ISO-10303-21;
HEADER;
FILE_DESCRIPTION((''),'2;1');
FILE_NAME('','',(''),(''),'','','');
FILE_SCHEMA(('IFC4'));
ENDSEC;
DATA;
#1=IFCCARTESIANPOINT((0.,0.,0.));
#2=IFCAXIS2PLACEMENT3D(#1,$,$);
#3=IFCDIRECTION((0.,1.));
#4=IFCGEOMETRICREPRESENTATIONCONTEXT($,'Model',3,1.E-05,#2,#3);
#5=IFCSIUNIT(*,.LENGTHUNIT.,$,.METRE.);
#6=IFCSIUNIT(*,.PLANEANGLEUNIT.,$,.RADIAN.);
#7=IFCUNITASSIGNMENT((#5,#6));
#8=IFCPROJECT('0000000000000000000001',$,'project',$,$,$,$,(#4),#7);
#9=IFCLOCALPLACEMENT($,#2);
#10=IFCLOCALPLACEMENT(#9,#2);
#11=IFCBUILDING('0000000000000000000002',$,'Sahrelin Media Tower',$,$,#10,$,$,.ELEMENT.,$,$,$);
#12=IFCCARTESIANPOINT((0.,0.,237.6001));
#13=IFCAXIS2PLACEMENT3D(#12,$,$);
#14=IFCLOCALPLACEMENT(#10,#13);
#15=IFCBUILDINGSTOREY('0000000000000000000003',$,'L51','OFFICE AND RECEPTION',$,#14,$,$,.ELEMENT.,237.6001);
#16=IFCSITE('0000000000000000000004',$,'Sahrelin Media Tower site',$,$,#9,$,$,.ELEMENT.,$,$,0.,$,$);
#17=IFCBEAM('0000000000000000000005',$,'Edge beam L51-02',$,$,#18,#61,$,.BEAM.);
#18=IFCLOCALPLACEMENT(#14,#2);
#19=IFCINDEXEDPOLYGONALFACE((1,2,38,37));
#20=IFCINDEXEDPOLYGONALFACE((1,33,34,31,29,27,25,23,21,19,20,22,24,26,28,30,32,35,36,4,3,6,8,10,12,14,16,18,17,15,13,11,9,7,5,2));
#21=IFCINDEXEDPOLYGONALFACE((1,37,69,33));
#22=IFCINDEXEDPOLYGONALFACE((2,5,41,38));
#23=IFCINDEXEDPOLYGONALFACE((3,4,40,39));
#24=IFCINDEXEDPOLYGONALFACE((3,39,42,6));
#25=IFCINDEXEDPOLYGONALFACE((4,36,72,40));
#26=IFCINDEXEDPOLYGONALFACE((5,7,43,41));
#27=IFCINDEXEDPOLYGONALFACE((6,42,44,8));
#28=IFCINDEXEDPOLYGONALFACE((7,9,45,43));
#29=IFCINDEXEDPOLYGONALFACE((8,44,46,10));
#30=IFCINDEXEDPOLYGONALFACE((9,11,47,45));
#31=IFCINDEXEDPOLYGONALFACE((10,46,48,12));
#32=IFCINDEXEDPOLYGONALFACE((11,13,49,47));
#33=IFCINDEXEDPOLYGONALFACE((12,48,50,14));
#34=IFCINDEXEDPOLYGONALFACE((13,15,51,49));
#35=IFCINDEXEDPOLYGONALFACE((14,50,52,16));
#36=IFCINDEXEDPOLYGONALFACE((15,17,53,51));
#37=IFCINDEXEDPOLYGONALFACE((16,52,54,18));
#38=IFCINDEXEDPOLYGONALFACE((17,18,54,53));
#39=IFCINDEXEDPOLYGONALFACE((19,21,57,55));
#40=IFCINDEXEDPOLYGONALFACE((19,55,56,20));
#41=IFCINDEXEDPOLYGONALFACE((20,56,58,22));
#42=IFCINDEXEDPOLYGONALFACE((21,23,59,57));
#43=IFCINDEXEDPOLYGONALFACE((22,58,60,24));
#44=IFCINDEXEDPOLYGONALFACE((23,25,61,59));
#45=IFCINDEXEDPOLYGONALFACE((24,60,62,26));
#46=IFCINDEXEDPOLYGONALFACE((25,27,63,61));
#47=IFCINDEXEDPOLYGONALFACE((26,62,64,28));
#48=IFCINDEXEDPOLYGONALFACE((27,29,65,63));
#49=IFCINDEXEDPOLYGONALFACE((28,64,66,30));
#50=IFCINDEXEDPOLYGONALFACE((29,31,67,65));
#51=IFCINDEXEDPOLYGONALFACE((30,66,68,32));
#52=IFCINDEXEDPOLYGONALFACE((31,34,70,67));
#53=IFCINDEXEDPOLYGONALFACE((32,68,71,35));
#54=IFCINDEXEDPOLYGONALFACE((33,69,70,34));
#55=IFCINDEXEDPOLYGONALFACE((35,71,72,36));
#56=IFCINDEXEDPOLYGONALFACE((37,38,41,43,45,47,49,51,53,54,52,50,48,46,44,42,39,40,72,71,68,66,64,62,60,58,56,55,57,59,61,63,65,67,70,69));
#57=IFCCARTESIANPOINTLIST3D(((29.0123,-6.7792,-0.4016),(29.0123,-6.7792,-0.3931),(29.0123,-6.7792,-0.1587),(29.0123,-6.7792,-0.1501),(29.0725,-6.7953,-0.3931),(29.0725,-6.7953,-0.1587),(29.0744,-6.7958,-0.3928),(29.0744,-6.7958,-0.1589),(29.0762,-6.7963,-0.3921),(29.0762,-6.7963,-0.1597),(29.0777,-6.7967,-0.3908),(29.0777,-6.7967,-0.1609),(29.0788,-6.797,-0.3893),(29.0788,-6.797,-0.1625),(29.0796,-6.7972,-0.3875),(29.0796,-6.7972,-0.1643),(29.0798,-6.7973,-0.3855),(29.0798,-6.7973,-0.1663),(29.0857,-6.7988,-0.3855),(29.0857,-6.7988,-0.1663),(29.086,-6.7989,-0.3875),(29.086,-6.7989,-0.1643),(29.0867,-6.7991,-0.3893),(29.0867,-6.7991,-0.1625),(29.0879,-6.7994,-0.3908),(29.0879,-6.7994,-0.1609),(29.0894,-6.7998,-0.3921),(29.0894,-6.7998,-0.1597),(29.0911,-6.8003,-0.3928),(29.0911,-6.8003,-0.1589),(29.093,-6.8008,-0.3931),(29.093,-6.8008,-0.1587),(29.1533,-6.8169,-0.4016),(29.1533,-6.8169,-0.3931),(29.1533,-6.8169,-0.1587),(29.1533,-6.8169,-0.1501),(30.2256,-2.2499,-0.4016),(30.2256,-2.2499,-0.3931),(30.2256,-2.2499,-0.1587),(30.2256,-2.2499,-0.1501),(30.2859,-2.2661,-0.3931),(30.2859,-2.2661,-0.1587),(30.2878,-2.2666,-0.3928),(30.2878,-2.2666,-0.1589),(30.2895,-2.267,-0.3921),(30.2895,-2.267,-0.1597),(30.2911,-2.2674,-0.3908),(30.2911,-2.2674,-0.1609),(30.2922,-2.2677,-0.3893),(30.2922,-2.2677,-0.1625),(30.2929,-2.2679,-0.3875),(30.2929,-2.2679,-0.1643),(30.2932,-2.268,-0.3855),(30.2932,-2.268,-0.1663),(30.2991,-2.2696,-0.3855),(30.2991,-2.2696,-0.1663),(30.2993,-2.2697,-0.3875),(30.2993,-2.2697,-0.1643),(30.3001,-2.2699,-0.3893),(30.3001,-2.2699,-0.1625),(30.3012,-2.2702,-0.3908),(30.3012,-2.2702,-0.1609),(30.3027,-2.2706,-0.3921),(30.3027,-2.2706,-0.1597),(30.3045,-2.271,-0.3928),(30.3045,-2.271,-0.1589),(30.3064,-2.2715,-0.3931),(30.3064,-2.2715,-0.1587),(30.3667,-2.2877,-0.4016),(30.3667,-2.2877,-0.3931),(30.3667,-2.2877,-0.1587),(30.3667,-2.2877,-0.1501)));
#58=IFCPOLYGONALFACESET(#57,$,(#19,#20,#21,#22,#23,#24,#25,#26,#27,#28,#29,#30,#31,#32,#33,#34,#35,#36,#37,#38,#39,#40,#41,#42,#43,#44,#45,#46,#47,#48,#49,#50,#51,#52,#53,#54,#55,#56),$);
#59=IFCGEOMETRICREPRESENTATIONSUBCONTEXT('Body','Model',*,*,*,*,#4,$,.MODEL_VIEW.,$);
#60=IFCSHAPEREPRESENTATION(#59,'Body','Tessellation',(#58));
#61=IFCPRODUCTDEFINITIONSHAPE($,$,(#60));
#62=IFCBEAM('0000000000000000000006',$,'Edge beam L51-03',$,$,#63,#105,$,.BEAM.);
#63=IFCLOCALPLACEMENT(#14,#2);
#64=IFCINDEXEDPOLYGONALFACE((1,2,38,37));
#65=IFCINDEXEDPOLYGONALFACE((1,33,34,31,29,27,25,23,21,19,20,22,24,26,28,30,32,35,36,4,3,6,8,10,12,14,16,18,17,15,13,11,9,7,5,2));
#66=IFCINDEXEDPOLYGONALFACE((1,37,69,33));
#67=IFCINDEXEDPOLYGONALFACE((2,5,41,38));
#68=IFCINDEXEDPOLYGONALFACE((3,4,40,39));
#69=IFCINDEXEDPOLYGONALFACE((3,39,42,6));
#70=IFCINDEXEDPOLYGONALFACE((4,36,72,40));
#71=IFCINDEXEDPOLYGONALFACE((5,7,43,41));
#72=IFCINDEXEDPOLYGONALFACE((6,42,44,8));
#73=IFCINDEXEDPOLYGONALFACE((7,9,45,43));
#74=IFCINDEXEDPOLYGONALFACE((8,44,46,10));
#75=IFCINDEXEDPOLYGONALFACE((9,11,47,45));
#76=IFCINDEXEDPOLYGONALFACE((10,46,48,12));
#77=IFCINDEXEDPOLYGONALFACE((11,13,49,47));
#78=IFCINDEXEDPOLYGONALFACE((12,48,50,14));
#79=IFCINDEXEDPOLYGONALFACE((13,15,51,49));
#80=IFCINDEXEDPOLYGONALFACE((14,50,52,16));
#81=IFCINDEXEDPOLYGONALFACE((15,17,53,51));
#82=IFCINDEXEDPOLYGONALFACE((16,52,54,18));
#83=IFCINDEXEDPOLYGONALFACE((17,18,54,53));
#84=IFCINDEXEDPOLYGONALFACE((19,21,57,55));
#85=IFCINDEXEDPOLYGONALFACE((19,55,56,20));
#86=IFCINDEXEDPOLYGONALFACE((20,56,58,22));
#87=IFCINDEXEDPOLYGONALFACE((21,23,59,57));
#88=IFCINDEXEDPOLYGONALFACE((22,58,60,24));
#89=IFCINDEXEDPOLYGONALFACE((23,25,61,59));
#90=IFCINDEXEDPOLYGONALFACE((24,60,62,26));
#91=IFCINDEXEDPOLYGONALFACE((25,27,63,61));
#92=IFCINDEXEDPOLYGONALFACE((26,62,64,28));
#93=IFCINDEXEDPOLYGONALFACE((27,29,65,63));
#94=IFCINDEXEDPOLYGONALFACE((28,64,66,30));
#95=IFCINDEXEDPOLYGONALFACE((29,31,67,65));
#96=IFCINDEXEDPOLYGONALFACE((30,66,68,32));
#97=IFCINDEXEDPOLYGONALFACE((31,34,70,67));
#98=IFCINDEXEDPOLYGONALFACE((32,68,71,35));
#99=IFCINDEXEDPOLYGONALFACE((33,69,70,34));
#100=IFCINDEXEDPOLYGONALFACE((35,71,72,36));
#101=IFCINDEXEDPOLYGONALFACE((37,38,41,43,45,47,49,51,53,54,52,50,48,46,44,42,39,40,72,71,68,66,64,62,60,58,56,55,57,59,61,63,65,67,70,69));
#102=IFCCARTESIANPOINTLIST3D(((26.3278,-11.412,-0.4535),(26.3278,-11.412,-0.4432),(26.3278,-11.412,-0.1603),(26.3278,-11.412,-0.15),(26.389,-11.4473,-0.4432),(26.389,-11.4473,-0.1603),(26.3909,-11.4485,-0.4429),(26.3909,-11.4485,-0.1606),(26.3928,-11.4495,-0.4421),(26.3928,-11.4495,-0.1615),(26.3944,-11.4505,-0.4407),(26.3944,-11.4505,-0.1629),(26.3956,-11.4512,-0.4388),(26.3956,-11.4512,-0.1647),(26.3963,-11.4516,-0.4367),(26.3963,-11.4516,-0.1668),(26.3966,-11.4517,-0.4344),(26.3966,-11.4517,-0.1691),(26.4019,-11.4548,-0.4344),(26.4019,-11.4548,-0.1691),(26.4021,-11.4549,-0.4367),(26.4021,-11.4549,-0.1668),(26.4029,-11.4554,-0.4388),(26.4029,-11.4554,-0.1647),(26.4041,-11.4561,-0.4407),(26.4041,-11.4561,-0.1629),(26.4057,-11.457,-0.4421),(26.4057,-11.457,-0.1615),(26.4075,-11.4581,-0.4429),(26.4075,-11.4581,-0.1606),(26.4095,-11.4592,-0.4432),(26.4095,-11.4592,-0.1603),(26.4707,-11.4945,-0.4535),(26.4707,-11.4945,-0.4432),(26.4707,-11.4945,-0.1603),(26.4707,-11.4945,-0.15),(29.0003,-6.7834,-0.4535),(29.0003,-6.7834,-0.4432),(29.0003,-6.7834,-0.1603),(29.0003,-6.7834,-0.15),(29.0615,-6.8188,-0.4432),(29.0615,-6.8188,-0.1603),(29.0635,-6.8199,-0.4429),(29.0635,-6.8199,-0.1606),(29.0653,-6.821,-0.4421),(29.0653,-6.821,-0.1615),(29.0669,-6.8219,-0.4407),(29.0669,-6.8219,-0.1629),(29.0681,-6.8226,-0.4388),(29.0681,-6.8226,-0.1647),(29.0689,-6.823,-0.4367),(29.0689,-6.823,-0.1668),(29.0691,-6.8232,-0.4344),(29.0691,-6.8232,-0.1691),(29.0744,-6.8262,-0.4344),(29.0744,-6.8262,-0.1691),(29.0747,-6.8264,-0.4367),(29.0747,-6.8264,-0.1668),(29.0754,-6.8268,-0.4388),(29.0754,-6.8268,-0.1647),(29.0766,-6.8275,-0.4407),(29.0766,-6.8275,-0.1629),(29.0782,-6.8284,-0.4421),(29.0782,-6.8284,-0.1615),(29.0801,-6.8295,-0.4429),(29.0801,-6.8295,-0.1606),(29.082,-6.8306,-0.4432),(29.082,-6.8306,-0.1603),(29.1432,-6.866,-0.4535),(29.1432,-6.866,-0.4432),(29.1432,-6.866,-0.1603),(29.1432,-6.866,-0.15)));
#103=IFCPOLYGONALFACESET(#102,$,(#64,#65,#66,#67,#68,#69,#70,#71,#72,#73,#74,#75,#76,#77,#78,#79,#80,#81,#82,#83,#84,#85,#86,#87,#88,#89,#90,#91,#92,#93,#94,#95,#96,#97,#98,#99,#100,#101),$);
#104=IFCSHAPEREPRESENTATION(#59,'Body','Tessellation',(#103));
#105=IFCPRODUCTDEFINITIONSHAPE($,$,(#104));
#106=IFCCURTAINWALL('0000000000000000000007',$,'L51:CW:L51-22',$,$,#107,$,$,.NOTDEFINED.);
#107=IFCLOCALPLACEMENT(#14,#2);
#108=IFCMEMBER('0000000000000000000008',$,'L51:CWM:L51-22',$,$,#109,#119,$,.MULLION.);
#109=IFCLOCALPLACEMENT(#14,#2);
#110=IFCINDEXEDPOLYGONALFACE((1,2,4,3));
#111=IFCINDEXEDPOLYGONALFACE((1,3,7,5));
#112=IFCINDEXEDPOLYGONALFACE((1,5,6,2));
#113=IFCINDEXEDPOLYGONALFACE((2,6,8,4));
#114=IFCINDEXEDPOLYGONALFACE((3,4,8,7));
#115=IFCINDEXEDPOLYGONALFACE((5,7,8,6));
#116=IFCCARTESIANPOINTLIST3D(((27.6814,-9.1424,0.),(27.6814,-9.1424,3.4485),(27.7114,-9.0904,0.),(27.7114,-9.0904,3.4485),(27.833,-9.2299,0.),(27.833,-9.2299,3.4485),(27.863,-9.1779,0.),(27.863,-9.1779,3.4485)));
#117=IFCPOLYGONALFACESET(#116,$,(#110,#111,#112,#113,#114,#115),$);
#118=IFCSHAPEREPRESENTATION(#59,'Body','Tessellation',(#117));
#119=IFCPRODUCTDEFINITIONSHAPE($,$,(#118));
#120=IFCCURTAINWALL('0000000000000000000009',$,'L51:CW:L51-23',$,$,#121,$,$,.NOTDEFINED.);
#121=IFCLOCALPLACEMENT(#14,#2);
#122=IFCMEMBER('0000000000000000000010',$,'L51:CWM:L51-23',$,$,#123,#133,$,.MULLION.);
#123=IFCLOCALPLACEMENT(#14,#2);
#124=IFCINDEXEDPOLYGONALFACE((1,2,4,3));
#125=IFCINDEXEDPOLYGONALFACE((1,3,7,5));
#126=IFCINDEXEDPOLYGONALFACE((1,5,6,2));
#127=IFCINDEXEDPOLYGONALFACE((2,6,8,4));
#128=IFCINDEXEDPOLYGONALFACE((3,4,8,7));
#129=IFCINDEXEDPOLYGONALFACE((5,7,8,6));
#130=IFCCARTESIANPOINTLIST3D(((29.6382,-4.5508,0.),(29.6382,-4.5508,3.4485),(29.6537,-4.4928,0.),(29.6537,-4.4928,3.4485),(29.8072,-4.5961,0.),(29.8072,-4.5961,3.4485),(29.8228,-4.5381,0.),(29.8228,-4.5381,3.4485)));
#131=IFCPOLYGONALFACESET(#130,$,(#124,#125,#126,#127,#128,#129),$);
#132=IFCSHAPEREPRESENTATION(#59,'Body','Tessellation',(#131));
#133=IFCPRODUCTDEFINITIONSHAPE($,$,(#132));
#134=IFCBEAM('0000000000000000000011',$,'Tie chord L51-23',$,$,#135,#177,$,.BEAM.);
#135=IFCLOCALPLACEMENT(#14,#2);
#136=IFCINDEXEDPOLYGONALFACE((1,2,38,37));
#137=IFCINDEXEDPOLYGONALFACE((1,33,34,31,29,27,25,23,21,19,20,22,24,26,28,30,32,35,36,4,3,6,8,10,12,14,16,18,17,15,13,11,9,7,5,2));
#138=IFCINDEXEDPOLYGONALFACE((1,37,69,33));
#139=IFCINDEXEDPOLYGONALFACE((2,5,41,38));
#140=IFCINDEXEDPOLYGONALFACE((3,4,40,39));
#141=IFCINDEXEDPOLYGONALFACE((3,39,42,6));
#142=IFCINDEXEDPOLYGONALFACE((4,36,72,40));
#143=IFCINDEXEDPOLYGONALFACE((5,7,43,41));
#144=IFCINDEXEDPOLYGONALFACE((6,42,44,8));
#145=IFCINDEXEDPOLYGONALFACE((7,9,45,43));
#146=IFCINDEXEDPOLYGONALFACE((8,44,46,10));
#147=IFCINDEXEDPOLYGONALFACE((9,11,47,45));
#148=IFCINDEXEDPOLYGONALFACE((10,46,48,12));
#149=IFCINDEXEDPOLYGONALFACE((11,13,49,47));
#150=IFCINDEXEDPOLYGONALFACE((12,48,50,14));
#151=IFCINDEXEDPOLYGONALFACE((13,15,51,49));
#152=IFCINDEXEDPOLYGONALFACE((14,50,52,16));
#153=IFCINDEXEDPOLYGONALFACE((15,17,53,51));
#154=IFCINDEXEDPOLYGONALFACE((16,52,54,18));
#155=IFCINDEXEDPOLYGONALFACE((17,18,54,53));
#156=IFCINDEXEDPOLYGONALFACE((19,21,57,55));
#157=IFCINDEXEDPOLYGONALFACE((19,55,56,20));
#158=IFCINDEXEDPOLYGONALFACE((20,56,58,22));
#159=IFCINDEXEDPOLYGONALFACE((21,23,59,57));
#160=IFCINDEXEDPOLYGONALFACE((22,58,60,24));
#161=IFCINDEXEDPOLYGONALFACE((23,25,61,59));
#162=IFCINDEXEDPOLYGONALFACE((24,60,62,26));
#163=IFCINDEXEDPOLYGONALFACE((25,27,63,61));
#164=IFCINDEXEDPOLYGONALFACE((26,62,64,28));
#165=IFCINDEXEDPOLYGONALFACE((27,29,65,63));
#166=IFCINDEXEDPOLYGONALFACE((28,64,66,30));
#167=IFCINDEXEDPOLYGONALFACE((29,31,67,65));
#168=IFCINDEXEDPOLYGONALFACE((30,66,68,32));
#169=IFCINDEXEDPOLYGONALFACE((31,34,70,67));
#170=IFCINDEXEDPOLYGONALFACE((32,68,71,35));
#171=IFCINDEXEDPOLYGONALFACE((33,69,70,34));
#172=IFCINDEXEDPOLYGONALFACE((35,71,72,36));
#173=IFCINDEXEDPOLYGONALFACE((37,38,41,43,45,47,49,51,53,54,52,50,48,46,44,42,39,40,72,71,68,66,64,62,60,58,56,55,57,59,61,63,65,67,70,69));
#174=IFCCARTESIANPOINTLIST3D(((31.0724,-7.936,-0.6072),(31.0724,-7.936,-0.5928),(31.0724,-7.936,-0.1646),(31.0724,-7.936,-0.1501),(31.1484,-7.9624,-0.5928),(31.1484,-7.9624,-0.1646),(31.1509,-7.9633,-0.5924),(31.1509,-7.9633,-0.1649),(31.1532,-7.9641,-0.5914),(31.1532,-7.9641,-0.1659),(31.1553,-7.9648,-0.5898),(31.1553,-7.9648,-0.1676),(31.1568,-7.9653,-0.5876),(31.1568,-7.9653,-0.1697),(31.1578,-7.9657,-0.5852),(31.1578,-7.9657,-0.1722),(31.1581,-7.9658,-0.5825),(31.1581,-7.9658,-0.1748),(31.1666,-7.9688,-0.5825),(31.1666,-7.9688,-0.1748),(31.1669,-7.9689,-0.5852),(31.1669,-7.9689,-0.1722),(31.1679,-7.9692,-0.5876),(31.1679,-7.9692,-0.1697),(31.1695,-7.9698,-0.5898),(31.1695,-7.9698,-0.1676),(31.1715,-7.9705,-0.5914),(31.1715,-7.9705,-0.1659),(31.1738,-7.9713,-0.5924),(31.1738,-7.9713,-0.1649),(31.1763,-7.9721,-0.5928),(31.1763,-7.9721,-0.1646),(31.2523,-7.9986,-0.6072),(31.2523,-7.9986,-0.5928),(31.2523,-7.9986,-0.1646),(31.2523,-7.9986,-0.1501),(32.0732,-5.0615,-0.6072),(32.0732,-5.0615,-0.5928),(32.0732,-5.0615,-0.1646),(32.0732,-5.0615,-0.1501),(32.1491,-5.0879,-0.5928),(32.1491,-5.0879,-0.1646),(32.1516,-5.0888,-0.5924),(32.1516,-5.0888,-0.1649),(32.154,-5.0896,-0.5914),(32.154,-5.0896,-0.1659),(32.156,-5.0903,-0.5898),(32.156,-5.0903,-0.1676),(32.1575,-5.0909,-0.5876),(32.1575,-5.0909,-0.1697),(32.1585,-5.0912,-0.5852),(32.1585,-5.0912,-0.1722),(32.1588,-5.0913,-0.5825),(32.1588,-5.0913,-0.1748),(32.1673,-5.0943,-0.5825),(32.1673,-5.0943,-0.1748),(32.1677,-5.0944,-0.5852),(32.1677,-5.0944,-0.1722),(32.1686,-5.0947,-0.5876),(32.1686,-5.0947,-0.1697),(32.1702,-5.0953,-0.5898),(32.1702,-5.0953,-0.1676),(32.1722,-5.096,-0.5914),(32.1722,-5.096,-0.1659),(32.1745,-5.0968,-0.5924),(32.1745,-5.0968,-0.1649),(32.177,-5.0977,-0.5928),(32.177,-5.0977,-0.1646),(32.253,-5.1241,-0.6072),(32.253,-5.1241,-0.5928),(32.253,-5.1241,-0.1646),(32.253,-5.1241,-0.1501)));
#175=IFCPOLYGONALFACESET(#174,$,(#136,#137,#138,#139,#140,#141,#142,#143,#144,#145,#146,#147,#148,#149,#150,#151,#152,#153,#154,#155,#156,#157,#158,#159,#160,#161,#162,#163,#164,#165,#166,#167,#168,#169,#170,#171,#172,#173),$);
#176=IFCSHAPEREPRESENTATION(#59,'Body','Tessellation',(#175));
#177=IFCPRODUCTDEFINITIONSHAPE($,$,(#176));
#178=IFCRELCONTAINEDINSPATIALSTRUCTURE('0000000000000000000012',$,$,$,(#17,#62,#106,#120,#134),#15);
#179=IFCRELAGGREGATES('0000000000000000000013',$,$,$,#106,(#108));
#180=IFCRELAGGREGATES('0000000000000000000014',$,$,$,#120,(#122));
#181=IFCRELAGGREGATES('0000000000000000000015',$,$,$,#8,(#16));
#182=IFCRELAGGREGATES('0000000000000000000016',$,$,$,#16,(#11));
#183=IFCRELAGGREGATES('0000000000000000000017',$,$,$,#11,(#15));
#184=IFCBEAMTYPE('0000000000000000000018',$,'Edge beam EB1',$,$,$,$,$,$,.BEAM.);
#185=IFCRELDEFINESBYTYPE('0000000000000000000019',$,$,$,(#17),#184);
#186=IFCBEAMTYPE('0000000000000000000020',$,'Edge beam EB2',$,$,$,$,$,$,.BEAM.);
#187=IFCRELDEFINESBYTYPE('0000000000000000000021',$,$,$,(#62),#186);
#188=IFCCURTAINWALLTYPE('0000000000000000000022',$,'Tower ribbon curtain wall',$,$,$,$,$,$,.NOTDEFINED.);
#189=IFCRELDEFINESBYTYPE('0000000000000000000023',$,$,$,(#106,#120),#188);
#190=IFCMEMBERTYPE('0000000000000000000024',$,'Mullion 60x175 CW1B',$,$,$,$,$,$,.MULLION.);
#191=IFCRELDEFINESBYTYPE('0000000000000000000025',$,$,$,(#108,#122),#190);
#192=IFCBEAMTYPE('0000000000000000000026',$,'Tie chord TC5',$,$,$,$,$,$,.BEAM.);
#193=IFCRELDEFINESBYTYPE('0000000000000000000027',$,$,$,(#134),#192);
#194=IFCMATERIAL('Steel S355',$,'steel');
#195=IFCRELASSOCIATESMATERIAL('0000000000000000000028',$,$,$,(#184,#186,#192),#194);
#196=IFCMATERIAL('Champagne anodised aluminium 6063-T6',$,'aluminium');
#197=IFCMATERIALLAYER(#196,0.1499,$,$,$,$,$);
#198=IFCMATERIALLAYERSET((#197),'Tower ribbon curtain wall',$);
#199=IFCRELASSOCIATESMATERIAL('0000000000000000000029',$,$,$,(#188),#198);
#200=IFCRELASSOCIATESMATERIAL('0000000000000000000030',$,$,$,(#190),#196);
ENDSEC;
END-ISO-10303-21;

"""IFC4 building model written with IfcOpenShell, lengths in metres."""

from ifc_helpers import new_model, si_unit, direction, frame, origin, origin_2d, place, context, subcontext, project, spatial, rectangle, i_section, extrude, material, layer, layer_set, material_profile, profile_set, type_object, element, aggregate, save


model = new_model("IFC4")

# Units and contexts
model_context = context("Model", 3, precision=1e-05, world=origin(), true_north=direction((0.0, 1.0)))
body_context = subcontext(model_context, "Body", "Model", "MODEL_VIEW")
ifc_project = project(units=[si_unit("LENGTHUNIT", "METRE"), si_unit("PLANEANGLEUNIT", "RADIAN")], contexts=[model_context])

# Site, building, storey
site_placement = place(None, origin())
site = spatial("IfcSite", under=ifc_project, at=site_placement, Name="Sahrelin Media Tower site", CompositionType="ELEMENT", RefElevation=0.0)
building_placement = place(site_placement, origin())
building = spatial("IfcBuilding", under=site, at=building_placement, Name="Sahrelin Media Tower", CompositionType="ELEMENT")
storey_placement = place(building_placement, frame((0.0, 0.0, 237.6001)))
storey = spatial("IfcBuildingStorey", under=building, at=storey_placement, Name="L51", Description="OFFICE AND RECEPTION", CompositionType="ELEMENT", Elevation=237.6001)

# Beams
ifc_material_1 = material(Name="Steel S355", Category="steel")
ifc_material_profile_1 = material_profile(ifc_material_1, i_section(OverallWidth=0.146, OverallDepth=0.2515, WebThickness=0.0061, FlangeThickness=0.0085, FilletRadius=0.0076, at=origin_2d()), Name="UB 254x146x31")
ifc_profile_set_1 = profile_set([ifc_material_profile_1], Name="Steel S355")
beam_type_1 = type_object("IfcBeamType", Name="Edge beam EB1", PredefinedType="BEAM", material=ifc_profile_set_1)
beam_1_placement = place(storey_placement, frame((30.2961, -2.2688, -0.2759), z_axis=(-0.258771, -0.965939, 0.0), x_axis=(0.965939, -0.258771, 0.0)))
element("IfcBeam", 1, at=beam_1_placement, inside=storey, type_object=beam_type_1, Name="Edge beam L51-02", PredefinedType="BEAM", context=body_context, shape_type="SweptSolid", body=[
    extrude(i_section(OverallWidth=0.146, OverallDepth=0.2515, WebThickness=0.0061, FlangeThickness=0.0085, FilletRadius=0.0076, at=origin_2d()), origin(), (0.0, 0.0, 1.0), 4.689),
])
ifc_material_profile_2 = material_profile(ifc_material_1, i_section(OverallWidth=0.165, OverallDepth=0.3035, WebThickness=0.0061, FlangeThickness=0.0103, FilletRadius=0.0088, at=origin_2d()), Name="UB 305x165x40")
ifc_profile_set_2 = profile_set([ifc_material_profile_2], Name="Steel S355")
beam_type_2 = type_object("IfcBeamType", Name="Edge beam EB2", PredefinedType="BEAM", material=ifc_profile_set_2)
beam_2_placement = place(storey_placement, frame((29.0718, -6.8247, -0.3018), z_axis=(-0.500035, -0.866005, 0.0), x_axis=(0.866005, -0.500035, 0.0)))
element("IfcBeam", 2, at=beam_2_placement, inside=storey, type_object=beam_type_2, Name="Edge beam L51-03", PredefinedType="BEAM", context=body_context, shape_type="SweptSolid", body=[
    extrude(i_section(OverallWidth=0.165, OverallDepth=0.3035, WebThickness=0.0061, FlangeThickness=0.0103, FilletRadius=0.0088, at=origin_2d()), origin(), (0.0, 0.0, 1.0), 5.3447),
])

# Curtain walls, members
ifc_material_2 = material(Name="Champagne anodised aluminium 6063-T6", Category="aluminium")
ifc_layer_1 = layer(ifc_material_2, 0.1499)
ifc_layer_set_1 = layer_set([ifc_layer_1], Name="Tower ribbon curtain wall")
curtain_wall_type = type_object("IfcCurtainWallType", Name="Tower ribbon curtain wall", PredefinedType="NOTDEFINED", material=ifc_layer_set_1)
curtain_wall_1_placement = place(storey_placement, frame((27.8652, -9.2141, 0.0), z_axis=(0.0, 0.0, 1.0), x_axis=(1.0, 0.0, 0.0)))
curtain_wall_1 = element("IfcCurtainWall", 3, at=curtain_wall_1_placement, inside=storey, type_object=curtain_wall_type, Name="L51:CW:L51-22", PredefinedType="NOTDEFINED")
ifc_material_profile_3 = material_profile(ifc_material_2, rectangle(XDim=0.0601, YDim=0.175, at=origin_2d()), Name="Mullion 60x175")
ifc_profile_set_3 = profile_set([ifc_material_profile_3], Name="Champagne anodised aluminium 6063-T6")
member_type_1 = type_object("IfcMemberType", Name="Mullion 60x175 CW1B", PredefinedType="MULLION", material=ifc_profile_set_3)
member_1_placement = place(storey_placement, frame((27.7722, -9.1602, 0.0), z_axis=(0.0, 0.0, 1.0), x_axis=(0.500009, 0.86602, 0.0)))
member_1 = element("IfcMember", 4, at=member_1_placement, type_object=member_type_1, Name="L51:CWM:L51-22", PredefinedType="MULLION", context=body_context, shape_type="SweptSolid", body=[
    extrude(rectangle(XDim=0.0601, YDim=0.175, at=origin_2d()), origin(), (0.0, 0.0, 1.0), 3.4485),
])
aggregate(curtain_wall_1, [member_1])
curtain_wall_2_placement = place(storey_placement, frame((29.8345, -4.5723, 0.0), z_axis=(0.0, 0.0, 1.0), x_axis=(1.0, 0.0, 0.0)))
curtain_wall_2 = element("IfcCurtainWall", 5, at=curtain_wall_2_placement, inside=storey, type_object=curtain_wall_type, Name="L51:CW:L51-23", PredefinedType="NOTDEFINED")
member_2_placement = place(storey_placement, frame((29.7305, -4.5444, 0.0), z_axis=(0.0, 0.0, 1.0), x_axis=(0.258812, 0.965928, 0.0)))
member_2 = element("IfcMember", 6, at=member_2_placement, type_object=member_type_1, Name="L51:CWM:L51-23", PredefinedType="MULLION", context=body_context, shape_type="SweptSolid", body=[
    extrude(rectangle(XDim=0.0601, YDim=0.175, at=origin_2d()), origin(), (0.0, 0.0, 1.0), 3.4485),
])

# Beam
ifc_material_profile_4 = material_profile(ifc_material_1, i_section(OverallWidth=0.1904, OverallDepth=0.457, WebThickness=0.009, FlangeThickness=0.0144, FilletRadius=0.0103, at=origin_2d()), Name="UB 457x191x74")
ifc_profile_set_4 = profile_set([ifc_material_profile_4], Name="Steel S355")
beam_type_3 = type_object("IfcBeamType", Name="Tie chord TC5", PredefinedType="BEAM", material=ifc_profile_set_4)
beam_3_placement = place(storey_placement, frame((31.1624, -7.9673, -0.3787), z_axis=(0.328785, 0.944405, 0.0), x_axis=(-0.944405, 0.328785, 0.0)))
element("IfcBeam", 7, at=beam_3_placement, inside=storey, type_object=beam_type_3, Name="Tie chord L51-23", PredefinedType="BEAM", context=body_context, shape_type="SweptSolid", body=[
    extrude(i_section(OverallWidth=0.1904, OverallDepth=0.457, WebThickness=0.009, FlangeThickness=0.0144, FilletRadius=0.0103, at=origin_2d()), origin(), (0.0, 0.0, 1.0), 3.0437),
])

aggregate(curtain_wall_2, [member_2])

save(model, "model.ifc")
